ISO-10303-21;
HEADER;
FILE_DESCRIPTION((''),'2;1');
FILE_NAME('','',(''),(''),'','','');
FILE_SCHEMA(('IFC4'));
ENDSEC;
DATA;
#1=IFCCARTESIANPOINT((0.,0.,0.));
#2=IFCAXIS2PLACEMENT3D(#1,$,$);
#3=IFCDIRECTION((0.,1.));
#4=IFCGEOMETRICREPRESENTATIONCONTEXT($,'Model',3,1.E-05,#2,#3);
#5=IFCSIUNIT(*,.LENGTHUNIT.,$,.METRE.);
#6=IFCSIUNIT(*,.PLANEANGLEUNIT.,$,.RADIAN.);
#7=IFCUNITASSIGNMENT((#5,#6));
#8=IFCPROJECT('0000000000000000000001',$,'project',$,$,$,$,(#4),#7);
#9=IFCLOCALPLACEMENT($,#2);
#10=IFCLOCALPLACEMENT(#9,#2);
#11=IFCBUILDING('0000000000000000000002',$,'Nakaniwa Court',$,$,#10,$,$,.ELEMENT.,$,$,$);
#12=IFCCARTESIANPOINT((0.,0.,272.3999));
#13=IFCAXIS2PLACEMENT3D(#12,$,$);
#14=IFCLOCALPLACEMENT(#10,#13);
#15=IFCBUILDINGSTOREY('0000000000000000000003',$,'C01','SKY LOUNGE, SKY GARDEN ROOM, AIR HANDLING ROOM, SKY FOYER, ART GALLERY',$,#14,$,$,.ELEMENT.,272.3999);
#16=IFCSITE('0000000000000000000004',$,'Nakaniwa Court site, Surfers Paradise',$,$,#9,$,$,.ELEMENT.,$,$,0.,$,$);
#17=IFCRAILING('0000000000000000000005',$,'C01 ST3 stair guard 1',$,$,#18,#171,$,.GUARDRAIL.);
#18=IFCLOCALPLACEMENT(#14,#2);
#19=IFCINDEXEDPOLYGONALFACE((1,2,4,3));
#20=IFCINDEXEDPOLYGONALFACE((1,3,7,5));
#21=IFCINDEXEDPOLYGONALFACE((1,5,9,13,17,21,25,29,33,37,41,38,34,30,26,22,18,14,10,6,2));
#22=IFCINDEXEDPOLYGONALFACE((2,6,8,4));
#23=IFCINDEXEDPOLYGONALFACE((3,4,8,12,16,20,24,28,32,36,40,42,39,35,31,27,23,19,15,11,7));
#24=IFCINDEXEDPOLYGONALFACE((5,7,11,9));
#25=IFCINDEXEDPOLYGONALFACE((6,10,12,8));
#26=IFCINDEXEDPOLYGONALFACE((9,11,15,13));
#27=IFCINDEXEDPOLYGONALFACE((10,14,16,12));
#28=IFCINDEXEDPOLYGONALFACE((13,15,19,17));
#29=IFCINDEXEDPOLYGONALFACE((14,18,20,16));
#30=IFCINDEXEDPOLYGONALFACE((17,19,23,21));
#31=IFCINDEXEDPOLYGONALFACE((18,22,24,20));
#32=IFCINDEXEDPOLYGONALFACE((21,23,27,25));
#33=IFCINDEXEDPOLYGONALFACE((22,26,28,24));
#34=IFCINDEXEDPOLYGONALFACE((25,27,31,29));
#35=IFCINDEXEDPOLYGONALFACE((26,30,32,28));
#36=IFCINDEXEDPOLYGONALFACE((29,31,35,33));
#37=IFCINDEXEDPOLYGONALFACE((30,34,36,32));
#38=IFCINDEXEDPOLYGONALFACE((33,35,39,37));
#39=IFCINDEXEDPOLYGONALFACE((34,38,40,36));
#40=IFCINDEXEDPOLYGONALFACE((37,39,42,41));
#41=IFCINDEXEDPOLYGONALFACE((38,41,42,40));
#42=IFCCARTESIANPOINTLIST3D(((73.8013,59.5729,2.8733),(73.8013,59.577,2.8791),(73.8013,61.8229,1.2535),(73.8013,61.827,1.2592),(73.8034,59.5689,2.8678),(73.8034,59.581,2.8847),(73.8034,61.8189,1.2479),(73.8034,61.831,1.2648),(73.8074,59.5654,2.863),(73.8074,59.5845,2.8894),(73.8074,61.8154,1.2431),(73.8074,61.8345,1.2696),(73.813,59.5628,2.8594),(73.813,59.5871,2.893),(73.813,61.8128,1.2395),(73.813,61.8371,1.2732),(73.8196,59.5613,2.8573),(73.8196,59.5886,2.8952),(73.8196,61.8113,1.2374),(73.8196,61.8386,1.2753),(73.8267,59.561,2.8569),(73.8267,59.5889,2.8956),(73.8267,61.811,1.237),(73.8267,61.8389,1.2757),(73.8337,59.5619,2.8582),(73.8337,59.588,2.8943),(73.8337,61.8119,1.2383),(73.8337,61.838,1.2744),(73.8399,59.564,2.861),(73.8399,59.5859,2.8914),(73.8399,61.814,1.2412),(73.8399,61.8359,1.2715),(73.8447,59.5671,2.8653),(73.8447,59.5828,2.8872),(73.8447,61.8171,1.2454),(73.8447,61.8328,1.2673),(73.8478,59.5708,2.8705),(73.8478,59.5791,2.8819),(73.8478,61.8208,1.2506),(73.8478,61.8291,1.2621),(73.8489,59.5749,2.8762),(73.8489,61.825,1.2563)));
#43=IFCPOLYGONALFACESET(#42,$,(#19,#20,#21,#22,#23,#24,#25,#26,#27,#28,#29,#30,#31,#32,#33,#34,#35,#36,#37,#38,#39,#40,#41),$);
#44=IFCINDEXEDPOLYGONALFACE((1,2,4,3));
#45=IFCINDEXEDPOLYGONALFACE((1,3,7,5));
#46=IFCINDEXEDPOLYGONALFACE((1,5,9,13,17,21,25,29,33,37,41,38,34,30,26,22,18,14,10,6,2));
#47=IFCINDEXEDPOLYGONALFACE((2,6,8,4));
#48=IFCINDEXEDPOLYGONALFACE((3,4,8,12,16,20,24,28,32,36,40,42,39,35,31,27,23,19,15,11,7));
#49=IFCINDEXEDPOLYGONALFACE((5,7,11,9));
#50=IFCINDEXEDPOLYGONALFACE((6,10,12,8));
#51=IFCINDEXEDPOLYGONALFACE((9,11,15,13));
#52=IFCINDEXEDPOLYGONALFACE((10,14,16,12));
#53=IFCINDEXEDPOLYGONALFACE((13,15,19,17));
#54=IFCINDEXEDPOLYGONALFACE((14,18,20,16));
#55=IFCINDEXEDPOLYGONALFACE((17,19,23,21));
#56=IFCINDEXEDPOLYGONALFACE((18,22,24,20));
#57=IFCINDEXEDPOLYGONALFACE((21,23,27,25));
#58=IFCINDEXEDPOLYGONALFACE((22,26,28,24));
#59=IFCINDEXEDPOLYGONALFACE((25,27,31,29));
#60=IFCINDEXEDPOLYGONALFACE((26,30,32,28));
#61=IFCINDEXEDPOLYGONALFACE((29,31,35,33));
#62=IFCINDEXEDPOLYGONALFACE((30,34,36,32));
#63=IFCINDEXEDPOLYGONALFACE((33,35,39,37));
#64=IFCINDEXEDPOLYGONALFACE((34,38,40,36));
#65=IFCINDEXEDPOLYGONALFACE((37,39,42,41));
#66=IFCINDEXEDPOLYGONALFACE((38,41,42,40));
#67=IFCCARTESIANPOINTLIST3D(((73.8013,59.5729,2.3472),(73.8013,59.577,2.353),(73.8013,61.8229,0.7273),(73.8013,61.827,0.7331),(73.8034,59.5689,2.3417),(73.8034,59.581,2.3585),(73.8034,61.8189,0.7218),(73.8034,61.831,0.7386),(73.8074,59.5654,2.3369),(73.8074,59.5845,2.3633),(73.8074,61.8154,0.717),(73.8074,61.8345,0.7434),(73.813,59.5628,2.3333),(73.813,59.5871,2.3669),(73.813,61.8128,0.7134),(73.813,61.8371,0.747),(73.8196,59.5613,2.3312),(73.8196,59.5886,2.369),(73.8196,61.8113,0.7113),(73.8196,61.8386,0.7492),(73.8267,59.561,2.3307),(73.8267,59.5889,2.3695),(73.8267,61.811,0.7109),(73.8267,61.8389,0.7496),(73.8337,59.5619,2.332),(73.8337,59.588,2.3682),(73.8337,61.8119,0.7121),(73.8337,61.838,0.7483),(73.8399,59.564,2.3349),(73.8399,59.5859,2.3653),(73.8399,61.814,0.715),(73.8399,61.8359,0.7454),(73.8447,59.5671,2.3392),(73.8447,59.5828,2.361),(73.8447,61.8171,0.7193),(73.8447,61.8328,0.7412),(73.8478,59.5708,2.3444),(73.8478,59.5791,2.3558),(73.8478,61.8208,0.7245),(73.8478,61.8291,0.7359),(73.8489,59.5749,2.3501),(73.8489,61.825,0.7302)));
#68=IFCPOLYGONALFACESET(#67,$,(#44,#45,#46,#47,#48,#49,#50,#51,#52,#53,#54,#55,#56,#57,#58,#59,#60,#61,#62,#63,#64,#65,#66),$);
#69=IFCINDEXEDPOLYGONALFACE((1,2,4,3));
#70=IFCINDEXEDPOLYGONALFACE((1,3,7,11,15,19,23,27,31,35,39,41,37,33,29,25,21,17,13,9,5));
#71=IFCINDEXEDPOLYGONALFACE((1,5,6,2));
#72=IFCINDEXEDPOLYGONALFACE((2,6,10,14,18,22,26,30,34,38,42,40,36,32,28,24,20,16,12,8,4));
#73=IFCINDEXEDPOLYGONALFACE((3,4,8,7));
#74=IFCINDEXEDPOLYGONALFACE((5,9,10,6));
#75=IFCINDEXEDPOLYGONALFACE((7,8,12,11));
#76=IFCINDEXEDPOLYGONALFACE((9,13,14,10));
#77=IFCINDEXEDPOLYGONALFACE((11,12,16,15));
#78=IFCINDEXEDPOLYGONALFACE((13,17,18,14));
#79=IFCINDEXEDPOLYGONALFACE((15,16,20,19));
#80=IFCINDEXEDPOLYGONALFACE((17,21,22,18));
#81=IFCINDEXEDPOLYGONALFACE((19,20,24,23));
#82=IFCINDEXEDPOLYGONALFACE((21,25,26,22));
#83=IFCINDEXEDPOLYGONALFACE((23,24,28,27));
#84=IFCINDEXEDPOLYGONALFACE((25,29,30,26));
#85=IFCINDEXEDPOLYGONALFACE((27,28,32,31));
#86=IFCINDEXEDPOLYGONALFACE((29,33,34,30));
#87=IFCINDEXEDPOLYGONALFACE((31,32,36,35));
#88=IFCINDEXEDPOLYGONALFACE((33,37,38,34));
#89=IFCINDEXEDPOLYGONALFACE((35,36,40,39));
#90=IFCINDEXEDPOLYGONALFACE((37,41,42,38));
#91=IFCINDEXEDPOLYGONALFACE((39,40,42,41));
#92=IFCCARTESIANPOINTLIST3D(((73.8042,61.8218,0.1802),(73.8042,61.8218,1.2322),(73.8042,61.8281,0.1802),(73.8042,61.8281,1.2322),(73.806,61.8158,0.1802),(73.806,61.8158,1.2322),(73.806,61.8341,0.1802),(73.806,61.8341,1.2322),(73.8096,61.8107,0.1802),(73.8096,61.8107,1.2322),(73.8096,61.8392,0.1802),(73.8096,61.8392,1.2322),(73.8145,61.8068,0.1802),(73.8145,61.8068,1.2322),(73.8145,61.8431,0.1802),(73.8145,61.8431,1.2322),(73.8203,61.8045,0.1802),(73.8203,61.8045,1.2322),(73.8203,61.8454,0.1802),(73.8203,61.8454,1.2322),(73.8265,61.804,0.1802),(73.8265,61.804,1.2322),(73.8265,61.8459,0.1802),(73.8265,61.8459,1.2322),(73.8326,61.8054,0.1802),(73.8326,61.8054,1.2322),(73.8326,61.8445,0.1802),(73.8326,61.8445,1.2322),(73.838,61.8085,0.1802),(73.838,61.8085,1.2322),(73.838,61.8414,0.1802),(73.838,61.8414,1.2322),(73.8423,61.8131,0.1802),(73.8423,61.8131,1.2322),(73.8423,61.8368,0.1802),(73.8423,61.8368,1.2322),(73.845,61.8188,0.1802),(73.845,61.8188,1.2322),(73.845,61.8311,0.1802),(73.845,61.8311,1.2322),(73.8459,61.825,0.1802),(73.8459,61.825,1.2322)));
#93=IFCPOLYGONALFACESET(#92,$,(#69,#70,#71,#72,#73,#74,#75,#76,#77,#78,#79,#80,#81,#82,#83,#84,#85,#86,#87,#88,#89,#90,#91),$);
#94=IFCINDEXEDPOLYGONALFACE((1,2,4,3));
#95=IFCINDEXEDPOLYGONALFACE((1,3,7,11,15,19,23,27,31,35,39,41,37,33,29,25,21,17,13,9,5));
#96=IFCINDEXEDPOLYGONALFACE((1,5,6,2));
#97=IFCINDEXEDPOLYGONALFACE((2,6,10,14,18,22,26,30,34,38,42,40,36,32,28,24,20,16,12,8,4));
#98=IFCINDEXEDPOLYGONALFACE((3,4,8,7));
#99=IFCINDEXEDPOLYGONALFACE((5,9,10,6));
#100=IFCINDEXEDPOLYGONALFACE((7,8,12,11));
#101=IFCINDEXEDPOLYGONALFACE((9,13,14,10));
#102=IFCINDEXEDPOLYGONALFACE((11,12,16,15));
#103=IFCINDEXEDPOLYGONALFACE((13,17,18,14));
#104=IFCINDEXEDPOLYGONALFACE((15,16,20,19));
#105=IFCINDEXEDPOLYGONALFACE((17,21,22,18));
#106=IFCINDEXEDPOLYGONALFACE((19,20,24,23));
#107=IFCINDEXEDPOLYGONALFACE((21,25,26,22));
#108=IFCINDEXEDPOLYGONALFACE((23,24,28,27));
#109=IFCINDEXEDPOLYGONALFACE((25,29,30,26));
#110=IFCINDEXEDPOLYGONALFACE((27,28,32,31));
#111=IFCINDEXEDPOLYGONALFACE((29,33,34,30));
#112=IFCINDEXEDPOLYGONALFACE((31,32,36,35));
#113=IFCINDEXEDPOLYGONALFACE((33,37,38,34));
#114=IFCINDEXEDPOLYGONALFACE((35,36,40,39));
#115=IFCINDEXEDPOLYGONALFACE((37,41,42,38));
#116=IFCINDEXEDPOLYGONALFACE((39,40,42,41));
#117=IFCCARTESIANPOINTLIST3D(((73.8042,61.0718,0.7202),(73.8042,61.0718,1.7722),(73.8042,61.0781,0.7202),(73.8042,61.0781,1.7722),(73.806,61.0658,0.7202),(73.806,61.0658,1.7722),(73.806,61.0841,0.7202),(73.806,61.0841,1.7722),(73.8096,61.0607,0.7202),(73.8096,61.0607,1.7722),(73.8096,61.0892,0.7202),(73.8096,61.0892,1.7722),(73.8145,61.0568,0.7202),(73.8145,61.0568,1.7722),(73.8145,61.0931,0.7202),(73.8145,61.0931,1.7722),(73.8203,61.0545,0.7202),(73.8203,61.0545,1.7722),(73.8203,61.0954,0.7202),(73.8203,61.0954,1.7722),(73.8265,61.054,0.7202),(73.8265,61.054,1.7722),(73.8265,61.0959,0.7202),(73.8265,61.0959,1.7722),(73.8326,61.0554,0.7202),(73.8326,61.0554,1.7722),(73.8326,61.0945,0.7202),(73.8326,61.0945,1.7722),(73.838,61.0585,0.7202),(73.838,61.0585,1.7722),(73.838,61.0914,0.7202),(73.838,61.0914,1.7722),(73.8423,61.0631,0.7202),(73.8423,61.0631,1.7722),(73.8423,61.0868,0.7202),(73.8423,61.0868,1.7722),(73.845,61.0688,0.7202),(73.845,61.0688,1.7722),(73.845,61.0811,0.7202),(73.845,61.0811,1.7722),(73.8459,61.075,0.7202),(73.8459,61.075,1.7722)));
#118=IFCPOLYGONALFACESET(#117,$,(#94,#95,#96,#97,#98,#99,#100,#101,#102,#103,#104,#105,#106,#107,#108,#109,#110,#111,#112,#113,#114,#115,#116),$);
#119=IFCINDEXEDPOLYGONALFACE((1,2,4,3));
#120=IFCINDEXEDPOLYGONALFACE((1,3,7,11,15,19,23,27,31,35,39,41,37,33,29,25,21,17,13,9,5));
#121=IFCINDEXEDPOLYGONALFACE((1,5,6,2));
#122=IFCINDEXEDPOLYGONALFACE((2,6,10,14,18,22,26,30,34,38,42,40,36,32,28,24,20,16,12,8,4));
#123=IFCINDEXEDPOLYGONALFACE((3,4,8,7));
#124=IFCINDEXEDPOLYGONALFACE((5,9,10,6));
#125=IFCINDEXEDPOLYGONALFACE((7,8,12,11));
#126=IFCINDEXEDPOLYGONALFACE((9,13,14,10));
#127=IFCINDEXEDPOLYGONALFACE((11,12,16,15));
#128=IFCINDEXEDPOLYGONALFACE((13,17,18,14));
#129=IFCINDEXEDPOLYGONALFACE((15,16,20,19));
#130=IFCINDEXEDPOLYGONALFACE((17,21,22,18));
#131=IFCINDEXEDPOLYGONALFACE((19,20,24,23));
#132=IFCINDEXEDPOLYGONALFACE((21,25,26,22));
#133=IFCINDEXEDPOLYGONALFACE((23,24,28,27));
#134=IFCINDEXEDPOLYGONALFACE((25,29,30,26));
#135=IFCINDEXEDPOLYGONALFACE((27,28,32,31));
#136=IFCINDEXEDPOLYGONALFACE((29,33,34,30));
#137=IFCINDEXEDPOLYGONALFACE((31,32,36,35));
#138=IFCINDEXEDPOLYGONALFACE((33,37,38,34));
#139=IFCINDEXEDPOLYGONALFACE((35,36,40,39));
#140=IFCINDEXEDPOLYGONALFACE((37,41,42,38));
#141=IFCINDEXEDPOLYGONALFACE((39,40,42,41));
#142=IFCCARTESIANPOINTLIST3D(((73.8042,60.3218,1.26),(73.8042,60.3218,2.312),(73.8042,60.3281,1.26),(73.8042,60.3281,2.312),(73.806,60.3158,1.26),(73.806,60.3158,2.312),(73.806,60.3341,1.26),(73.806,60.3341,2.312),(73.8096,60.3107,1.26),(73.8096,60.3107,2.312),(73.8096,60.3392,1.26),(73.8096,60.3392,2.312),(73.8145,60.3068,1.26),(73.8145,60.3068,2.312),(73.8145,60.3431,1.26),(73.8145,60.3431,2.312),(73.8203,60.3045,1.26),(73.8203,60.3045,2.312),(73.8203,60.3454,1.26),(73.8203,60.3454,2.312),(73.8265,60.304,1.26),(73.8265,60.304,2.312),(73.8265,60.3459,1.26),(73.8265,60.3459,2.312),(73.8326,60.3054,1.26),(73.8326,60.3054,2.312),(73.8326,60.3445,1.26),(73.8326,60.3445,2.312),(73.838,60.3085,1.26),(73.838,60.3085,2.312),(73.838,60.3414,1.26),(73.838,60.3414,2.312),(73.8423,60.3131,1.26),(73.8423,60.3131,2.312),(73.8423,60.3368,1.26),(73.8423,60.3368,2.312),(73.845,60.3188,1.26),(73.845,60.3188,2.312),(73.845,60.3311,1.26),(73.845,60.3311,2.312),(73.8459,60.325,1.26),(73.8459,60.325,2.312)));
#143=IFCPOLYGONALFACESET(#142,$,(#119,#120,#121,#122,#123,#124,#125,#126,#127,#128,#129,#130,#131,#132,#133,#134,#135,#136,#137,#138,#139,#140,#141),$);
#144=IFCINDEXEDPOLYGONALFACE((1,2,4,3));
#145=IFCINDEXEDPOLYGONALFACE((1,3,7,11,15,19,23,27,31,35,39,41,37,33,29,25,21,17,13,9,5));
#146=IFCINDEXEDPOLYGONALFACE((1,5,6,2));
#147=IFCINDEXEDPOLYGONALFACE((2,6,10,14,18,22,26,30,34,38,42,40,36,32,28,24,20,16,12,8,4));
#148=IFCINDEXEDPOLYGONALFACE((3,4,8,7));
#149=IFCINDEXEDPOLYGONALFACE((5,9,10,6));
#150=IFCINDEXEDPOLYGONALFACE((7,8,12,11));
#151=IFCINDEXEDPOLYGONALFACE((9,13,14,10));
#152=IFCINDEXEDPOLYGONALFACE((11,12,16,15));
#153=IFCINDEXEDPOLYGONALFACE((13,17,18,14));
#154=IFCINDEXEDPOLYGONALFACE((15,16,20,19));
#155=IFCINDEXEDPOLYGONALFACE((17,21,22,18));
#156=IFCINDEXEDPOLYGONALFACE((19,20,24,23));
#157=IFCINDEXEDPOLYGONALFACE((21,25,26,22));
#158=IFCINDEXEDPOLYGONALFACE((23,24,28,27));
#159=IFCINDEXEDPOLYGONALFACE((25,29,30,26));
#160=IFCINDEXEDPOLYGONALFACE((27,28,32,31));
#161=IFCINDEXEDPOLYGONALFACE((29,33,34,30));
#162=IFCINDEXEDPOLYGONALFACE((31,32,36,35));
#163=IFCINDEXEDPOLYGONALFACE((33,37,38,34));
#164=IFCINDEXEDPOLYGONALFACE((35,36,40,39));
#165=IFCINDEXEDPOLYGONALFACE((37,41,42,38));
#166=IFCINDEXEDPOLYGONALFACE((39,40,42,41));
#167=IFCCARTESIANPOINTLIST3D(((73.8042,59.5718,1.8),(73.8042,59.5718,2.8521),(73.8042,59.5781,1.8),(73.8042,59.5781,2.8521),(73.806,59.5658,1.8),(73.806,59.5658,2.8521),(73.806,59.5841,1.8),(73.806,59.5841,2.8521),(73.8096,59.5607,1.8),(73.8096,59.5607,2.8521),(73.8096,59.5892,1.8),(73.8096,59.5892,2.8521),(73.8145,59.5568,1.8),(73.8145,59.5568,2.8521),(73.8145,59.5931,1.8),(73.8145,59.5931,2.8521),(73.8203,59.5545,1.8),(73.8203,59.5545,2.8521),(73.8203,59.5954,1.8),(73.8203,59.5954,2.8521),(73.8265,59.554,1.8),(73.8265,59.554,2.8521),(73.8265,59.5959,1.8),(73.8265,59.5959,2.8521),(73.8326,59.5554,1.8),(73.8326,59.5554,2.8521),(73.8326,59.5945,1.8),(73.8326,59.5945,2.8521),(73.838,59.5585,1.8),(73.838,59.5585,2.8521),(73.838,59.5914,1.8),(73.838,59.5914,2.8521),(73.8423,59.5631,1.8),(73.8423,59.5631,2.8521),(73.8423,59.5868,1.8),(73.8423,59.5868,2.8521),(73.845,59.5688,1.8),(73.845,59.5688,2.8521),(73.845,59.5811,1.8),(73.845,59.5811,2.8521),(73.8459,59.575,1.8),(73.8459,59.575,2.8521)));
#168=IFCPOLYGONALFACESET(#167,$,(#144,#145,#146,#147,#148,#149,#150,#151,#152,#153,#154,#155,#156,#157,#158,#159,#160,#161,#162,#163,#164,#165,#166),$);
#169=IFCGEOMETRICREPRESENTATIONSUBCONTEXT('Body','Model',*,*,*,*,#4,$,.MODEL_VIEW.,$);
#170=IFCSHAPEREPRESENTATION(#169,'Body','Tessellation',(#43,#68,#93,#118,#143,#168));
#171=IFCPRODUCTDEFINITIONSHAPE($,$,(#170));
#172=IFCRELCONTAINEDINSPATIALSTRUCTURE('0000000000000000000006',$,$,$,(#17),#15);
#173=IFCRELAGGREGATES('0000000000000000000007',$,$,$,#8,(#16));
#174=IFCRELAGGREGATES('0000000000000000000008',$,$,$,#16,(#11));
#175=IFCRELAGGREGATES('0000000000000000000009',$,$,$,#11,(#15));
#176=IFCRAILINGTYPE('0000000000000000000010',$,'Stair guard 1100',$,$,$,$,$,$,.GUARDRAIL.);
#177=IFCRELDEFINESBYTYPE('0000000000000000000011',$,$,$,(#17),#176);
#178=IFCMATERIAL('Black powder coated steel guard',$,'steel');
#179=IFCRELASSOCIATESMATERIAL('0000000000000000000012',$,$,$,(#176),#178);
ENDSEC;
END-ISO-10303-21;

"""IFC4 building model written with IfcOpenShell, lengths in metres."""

from ifc_helpers import new_model, si_unit, direction, frame, origin, origin_2d, place, context, subcontext, project, spatial, circle, extrude, material, type_object, element, save


model = new_model("IFC4")

# Units and contexts
model_context = context("Model", 3, precision=1e-05, world=origin(), true_north=direction((0.0, 1.0)))
body_context = subcontext(model_context, "Body", "Model", "MODEL_VIEW")
ifc_project = project(units=[si_unit("LENGTHUNIT", "METRE"), si_unit("PLANEANGLEUNIT", "RADIAN")], contexts=[model_context])

# Site, building, storey
site_placement = place(None, origin())
site = spatial("IfcSite", under=ifc_project, at=site_placement, Name="Nakaniwa Court site, Surfers Paradise", CompositionType="ELEMENT", RefElevation=0.0)
building_placement = place(site_placement, origin())
building = spatial("IfcBuilding", under=site, at=building_placement, Name="Nakaniwa Court", CompositionType="ELEMENT")
storey_placement = place(building_placement, frame((0.0, 0.0, 272.3999)))
storey = spatial("IfcBuildingStorey", under=building, at=storey_placement, Name="C01", Description="SKY LOUNGE, SKY GARDEN ROOM, AIR HANDLING ROOM, SKY FOYER, ART GALLERY", CompositionType="ELEMENT", Elevation=272.3999)

# Railing
ifc_material_1 = material(Name="Black powder coated steel guard", Category="steel")
railing_type_1 = type_object("IfcRailingType", Name="Stair guard 1100", PredefinedType="GUARDRAIL", material=ifc_material_1)
railing_1_placement = place(storey_placement, frame((73.825, 61.825, 0.1802)))
element("IfcRailing", 1, at=railing_1_placement, inside=storey, type_object=railing_type_1, Name="C01 ST3 stair guard 1", PredefinedType="GUARDRAIL", context=body_context, shape_type="SweptSolid", body=[
    extrude(circle(Radius=0.0239, at=origin_2d()), frame((0.0, 0.0, 1.0762), z_axis=(0.0, -0.811556, 0.584275), x_axis=(1.0, 0.0, 0.0)), (0.0, 0.0, 1.0), 2.7725),
    extrude(circle(Radius=0.0239, at=origin_2d()), frame((0.0, 0.0, 0.55), z_axis=(0.0, -0.811556, 0.584275), x_axis=(1.0, 0.0, 0.0)), (0.0, 0.0, 1.0), 2.7725),
    extrude(circle(Radius=0.021, at=origin_2d()), origin(), (0.0, 0.0, 1.0), 1.052),
    extrude(circle(Radius=0.021, at=origin_2d()), frame((0.0, -0.75, 0.54)), (0.0, 0.0, 1.0), 1.052),
    extrude(circle(Radius=0.021, at=origin_2d()), frame((0.0, -1.5, 1.0798)), (0.0, 0.0, 1.0), 1.052),
    extrude(circle(Radius=0.021, at=origin_2d()), frame((0.0, -2.25, 1.6199)), (0.0, 0.0, 1.0), 1.052),
])

save(model, "model.ifc")
